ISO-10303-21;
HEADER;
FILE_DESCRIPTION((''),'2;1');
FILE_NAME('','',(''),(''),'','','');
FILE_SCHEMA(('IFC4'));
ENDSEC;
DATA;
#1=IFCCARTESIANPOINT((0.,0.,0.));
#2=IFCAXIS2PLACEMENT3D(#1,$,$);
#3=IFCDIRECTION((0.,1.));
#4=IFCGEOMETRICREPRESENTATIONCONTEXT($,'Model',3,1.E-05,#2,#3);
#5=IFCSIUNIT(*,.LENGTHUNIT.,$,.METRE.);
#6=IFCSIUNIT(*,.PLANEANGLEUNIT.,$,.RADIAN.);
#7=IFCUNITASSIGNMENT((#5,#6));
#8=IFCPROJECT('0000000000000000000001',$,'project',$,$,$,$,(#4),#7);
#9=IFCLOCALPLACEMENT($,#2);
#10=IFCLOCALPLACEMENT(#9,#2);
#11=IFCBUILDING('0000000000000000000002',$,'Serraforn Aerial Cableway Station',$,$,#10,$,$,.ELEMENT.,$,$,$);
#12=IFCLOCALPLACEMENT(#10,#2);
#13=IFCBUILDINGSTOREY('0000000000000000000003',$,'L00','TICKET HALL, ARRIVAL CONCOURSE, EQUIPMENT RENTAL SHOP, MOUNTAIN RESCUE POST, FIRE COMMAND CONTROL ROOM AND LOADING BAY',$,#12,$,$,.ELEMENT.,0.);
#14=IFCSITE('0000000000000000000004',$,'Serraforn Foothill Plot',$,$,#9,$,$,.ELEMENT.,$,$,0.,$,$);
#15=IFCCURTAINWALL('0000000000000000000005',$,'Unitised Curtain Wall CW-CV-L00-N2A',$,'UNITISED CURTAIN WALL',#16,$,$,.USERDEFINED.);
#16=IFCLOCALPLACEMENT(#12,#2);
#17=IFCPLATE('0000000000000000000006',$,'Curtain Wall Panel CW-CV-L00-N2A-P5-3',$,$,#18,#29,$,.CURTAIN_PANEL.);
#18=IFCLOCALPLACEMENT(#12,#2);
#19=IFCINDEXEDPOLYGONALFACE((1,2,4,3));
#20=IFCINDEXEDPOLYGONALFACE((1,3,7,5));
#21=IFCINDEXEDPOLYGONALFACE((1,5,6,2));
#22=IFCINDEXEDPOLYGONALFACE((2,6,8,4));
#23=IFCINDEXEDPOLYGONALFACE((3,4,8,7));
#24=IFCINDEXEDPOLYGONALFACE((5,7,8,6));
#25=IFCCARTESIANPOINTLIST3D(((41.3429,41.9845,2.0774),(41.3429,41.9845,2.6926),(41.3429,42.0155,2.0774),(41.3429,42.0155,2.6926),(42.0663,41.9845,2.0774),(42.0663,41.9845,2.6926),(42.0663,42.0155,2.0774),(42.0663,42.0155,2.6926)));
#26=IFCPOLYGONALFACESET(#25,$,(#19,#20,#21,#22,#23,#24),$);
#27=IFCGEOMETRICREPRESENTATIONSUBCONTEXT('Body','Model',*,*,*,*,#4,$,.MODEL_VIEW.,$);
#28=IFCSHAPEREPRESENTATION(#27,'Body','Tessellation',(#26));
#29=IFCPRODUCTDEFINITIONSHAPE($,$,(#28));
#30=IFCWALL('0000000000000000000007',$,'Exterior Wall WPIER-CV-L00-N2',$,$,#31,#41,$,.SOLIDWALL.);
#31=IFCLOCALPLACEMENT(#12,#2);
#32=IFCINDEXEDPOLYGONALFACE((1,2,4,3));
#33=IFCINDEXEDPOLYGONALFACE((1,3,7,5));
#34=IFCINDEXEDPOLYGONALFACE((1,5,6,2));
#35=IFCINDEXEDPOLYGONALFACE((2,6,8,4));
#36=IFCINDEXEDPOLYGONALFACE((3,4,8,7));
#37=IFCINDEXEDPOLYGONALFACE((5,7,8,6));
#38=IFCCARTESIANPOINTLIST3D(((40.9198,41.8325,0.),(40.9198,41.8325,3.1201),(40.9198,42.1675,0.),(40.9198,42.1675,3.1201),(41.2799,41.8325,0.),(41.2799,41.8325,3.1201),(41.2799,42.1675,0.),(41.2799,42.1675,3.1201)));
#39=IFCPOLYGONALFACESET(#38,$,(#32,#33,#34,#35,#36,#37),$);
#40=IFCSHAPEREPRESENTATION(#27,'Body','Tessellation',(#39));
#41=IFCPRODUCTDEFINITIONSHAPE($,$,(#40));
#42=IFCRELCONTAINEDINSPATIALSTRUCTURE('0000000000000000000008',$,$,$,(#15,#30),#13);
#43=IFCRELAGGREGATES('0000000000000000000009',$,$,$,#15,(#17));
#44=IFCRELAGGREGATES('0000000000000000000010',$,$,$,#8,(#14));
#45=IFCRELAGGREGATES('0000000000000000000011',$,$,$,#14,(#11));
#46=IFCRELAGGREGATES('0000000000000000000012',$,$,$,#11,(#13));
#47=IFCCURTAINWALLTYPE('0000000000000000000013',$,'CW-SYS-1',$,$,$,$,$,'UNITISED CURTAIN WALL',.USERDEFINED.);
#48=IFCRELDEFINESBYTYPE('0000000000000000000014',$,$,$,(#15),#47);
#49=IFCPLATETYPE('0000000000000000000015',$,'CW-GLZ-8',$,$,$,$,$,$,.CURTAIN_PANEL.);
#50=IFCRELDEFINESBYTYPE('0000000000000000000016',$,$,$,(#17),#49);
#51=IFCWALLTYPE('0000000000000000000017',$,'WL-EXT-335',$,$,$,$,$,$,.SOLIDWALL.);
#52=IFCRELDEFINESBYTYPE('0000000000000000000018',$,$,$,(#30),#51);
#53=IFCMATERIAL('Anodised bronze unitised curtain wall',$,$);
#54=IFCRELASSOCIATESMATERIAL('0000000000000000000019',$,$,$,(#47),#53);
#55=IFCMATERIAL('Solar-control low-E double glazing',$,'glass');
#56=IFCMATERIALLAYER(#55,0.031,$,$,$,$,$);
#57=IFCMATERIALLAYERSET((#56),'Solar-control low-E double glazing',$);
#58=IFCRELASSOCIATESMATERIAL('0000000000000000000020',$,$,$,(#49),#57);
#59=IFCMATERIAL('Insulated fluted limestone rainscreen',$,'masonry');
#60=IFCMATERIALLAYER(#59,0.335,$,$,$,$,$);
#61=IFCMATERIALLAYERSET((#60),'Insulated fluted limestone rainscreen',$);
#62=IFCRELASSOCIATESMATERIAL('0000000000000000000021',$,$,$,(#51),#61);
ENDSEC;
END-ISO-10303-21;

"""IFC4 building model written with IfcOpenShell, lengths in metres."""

from ifc_helpers import new_model, si_unit, direction, frame, frame_2d, origin, origin_2d, place, context, subcontext, project, spatial, rectangle, extrude, material, layer, layer_set, type_object, element, aggregate, save


model = new_model("IFC4")

# Units and contexts
model_context = context("Model", 3, precision=1e-05, world=origin(), true_north=direction((0.0, 1.0)))
body_context = subcontext(model_context, "Body", "Model", "MODEL_VIEW")
ifc_project = project(units=[si_unit("LENGTHUNIT", "METRE"), si_unit("PLANEANGLEUNIT", "RADIAN")], contexts=[model_context])

# Site, building, storey
site_placement = place(None, origin())
site = spatial("IfcSite", under=ifc_project, at=site_placement, Name="Serraforn Foothill Plot", CompositionType="ELEMENT", RefElevation=0.0)
building_placement = place(site_placement, origin())
building = spatial("IfcBuilding", under=site, at=building_placement, Name="Serraforn Aerial Cableway Station", CompositionType="ELEMENT")
storey_placement = place(building_placement, origin())
storey = spatial("IfcBuildingStorey", under=building, at=storey_placement, Name="L00", Description="TICKET HALL, ARRIVAL CONCOURSE, EQUIPMENT RENTAL SHOP, MOUNTAIN RESCUE POST, FIRE COMMAND CONTROL ROOM AND LOADING BAY", CompositionType="ELEMENT", Elevation=0.0)

# Curtain wall
ifc_material_1 = material(Name="Anodised bronze unitised curtain wall")
curtain_wall_type_1 = type_object("IfcCurtainWallType", Name="CW-SYS-1", ElementType="UNITISED CURTAIN WALL", PredefinedType="USERDEFINED", material=ifc_material_1)
curtain_wall_1_placement = place(storey_placement, origin())
curtain_wall_1 = element("IfcCurtainWall", 1, at=curtain_wall_1_placement, inside=storey, type_object=curtain_wall_type_1, Name="Unitised Curtain Wall CW-CV-L00-N2A", ObjectType="UNITISED CURTAIN WALL", PredefinedType="USERDEFINED")

# Plate
ifc_material_2 = material(Name="Solar-control low-E double glazing", Category="glass")
ifc_layer_1 = layer(ifc_material_2, 0.031)
ifc_layer_set_1 = layer_set([ifc_layer_1], Name="Solar-control low-E double glazing")
plate_type_1 = type_object("IfcPlateType", Name="CW-GLZ-8", PredefinedType="CURTAIN_PANEL", material=ifc_layer_set_1)
plate_1_placement = place(storey_placement, frame((41.7046, 42.0, 2.0774), z_axis=(0.0, 0.0, 1.0), x_axis=(1.0, 0.0, 0.0)))
plate_1 = element("IfcPlate", 2, at=plate_1_placement, type_object=plate_type_1, Name="Curtain Wall Panel CW-CV-L00-N2A-P5-3", PredefinedType="CURTAIN_PANEL", context=body_context, shape_type="SweptSolid", body=[
    extrude(rectangle(XDim=0.7234, YDim=0.031, at=origin_2d()), origin(), (0.0, 0.0, 1.0), 0.6152),
])
aggregate(curtain_wall_1, [plate_1])

# Wall
ifc_material_3 = material(Name="Insulated fluted limestone rainscreen", Category="masonry")
ifc_layer_2 = layer(ifc_material_3, 0.335)
ifc_layer_set_2 = layer_set([ifc_layer_2], Name="Insulated fluted limestone rainscreen")
wall_type = type_object("IfcWallType", Name="WL-EXT-335", PredefinedType="SOLIDWALL", material=ifc_layer_set_2)
wall_placement = place(storey_placement, frame((41.28, 42.0, 0.0), z_axis=(0.0, 0.0, 1.0), x_axis=(-1.0, 0.0, 0.0)))
element("IfcWall", 3, at=wall_placement, inside=storey, type_object=wall_type, Name="Exterior Wall WPIER-CV-L00-N2", PredefinedType="SOLIDWALL", context=body_context, shape_type="SweptSolid", body=[
    extrude(rectangle(XDim=0.3601, YDim=0.335, at=frame_2d((0.1802, 0.0))), origin(), (0.0, 0.0, 1.0), 3.1201),
])

save(model, "model.ifc")
